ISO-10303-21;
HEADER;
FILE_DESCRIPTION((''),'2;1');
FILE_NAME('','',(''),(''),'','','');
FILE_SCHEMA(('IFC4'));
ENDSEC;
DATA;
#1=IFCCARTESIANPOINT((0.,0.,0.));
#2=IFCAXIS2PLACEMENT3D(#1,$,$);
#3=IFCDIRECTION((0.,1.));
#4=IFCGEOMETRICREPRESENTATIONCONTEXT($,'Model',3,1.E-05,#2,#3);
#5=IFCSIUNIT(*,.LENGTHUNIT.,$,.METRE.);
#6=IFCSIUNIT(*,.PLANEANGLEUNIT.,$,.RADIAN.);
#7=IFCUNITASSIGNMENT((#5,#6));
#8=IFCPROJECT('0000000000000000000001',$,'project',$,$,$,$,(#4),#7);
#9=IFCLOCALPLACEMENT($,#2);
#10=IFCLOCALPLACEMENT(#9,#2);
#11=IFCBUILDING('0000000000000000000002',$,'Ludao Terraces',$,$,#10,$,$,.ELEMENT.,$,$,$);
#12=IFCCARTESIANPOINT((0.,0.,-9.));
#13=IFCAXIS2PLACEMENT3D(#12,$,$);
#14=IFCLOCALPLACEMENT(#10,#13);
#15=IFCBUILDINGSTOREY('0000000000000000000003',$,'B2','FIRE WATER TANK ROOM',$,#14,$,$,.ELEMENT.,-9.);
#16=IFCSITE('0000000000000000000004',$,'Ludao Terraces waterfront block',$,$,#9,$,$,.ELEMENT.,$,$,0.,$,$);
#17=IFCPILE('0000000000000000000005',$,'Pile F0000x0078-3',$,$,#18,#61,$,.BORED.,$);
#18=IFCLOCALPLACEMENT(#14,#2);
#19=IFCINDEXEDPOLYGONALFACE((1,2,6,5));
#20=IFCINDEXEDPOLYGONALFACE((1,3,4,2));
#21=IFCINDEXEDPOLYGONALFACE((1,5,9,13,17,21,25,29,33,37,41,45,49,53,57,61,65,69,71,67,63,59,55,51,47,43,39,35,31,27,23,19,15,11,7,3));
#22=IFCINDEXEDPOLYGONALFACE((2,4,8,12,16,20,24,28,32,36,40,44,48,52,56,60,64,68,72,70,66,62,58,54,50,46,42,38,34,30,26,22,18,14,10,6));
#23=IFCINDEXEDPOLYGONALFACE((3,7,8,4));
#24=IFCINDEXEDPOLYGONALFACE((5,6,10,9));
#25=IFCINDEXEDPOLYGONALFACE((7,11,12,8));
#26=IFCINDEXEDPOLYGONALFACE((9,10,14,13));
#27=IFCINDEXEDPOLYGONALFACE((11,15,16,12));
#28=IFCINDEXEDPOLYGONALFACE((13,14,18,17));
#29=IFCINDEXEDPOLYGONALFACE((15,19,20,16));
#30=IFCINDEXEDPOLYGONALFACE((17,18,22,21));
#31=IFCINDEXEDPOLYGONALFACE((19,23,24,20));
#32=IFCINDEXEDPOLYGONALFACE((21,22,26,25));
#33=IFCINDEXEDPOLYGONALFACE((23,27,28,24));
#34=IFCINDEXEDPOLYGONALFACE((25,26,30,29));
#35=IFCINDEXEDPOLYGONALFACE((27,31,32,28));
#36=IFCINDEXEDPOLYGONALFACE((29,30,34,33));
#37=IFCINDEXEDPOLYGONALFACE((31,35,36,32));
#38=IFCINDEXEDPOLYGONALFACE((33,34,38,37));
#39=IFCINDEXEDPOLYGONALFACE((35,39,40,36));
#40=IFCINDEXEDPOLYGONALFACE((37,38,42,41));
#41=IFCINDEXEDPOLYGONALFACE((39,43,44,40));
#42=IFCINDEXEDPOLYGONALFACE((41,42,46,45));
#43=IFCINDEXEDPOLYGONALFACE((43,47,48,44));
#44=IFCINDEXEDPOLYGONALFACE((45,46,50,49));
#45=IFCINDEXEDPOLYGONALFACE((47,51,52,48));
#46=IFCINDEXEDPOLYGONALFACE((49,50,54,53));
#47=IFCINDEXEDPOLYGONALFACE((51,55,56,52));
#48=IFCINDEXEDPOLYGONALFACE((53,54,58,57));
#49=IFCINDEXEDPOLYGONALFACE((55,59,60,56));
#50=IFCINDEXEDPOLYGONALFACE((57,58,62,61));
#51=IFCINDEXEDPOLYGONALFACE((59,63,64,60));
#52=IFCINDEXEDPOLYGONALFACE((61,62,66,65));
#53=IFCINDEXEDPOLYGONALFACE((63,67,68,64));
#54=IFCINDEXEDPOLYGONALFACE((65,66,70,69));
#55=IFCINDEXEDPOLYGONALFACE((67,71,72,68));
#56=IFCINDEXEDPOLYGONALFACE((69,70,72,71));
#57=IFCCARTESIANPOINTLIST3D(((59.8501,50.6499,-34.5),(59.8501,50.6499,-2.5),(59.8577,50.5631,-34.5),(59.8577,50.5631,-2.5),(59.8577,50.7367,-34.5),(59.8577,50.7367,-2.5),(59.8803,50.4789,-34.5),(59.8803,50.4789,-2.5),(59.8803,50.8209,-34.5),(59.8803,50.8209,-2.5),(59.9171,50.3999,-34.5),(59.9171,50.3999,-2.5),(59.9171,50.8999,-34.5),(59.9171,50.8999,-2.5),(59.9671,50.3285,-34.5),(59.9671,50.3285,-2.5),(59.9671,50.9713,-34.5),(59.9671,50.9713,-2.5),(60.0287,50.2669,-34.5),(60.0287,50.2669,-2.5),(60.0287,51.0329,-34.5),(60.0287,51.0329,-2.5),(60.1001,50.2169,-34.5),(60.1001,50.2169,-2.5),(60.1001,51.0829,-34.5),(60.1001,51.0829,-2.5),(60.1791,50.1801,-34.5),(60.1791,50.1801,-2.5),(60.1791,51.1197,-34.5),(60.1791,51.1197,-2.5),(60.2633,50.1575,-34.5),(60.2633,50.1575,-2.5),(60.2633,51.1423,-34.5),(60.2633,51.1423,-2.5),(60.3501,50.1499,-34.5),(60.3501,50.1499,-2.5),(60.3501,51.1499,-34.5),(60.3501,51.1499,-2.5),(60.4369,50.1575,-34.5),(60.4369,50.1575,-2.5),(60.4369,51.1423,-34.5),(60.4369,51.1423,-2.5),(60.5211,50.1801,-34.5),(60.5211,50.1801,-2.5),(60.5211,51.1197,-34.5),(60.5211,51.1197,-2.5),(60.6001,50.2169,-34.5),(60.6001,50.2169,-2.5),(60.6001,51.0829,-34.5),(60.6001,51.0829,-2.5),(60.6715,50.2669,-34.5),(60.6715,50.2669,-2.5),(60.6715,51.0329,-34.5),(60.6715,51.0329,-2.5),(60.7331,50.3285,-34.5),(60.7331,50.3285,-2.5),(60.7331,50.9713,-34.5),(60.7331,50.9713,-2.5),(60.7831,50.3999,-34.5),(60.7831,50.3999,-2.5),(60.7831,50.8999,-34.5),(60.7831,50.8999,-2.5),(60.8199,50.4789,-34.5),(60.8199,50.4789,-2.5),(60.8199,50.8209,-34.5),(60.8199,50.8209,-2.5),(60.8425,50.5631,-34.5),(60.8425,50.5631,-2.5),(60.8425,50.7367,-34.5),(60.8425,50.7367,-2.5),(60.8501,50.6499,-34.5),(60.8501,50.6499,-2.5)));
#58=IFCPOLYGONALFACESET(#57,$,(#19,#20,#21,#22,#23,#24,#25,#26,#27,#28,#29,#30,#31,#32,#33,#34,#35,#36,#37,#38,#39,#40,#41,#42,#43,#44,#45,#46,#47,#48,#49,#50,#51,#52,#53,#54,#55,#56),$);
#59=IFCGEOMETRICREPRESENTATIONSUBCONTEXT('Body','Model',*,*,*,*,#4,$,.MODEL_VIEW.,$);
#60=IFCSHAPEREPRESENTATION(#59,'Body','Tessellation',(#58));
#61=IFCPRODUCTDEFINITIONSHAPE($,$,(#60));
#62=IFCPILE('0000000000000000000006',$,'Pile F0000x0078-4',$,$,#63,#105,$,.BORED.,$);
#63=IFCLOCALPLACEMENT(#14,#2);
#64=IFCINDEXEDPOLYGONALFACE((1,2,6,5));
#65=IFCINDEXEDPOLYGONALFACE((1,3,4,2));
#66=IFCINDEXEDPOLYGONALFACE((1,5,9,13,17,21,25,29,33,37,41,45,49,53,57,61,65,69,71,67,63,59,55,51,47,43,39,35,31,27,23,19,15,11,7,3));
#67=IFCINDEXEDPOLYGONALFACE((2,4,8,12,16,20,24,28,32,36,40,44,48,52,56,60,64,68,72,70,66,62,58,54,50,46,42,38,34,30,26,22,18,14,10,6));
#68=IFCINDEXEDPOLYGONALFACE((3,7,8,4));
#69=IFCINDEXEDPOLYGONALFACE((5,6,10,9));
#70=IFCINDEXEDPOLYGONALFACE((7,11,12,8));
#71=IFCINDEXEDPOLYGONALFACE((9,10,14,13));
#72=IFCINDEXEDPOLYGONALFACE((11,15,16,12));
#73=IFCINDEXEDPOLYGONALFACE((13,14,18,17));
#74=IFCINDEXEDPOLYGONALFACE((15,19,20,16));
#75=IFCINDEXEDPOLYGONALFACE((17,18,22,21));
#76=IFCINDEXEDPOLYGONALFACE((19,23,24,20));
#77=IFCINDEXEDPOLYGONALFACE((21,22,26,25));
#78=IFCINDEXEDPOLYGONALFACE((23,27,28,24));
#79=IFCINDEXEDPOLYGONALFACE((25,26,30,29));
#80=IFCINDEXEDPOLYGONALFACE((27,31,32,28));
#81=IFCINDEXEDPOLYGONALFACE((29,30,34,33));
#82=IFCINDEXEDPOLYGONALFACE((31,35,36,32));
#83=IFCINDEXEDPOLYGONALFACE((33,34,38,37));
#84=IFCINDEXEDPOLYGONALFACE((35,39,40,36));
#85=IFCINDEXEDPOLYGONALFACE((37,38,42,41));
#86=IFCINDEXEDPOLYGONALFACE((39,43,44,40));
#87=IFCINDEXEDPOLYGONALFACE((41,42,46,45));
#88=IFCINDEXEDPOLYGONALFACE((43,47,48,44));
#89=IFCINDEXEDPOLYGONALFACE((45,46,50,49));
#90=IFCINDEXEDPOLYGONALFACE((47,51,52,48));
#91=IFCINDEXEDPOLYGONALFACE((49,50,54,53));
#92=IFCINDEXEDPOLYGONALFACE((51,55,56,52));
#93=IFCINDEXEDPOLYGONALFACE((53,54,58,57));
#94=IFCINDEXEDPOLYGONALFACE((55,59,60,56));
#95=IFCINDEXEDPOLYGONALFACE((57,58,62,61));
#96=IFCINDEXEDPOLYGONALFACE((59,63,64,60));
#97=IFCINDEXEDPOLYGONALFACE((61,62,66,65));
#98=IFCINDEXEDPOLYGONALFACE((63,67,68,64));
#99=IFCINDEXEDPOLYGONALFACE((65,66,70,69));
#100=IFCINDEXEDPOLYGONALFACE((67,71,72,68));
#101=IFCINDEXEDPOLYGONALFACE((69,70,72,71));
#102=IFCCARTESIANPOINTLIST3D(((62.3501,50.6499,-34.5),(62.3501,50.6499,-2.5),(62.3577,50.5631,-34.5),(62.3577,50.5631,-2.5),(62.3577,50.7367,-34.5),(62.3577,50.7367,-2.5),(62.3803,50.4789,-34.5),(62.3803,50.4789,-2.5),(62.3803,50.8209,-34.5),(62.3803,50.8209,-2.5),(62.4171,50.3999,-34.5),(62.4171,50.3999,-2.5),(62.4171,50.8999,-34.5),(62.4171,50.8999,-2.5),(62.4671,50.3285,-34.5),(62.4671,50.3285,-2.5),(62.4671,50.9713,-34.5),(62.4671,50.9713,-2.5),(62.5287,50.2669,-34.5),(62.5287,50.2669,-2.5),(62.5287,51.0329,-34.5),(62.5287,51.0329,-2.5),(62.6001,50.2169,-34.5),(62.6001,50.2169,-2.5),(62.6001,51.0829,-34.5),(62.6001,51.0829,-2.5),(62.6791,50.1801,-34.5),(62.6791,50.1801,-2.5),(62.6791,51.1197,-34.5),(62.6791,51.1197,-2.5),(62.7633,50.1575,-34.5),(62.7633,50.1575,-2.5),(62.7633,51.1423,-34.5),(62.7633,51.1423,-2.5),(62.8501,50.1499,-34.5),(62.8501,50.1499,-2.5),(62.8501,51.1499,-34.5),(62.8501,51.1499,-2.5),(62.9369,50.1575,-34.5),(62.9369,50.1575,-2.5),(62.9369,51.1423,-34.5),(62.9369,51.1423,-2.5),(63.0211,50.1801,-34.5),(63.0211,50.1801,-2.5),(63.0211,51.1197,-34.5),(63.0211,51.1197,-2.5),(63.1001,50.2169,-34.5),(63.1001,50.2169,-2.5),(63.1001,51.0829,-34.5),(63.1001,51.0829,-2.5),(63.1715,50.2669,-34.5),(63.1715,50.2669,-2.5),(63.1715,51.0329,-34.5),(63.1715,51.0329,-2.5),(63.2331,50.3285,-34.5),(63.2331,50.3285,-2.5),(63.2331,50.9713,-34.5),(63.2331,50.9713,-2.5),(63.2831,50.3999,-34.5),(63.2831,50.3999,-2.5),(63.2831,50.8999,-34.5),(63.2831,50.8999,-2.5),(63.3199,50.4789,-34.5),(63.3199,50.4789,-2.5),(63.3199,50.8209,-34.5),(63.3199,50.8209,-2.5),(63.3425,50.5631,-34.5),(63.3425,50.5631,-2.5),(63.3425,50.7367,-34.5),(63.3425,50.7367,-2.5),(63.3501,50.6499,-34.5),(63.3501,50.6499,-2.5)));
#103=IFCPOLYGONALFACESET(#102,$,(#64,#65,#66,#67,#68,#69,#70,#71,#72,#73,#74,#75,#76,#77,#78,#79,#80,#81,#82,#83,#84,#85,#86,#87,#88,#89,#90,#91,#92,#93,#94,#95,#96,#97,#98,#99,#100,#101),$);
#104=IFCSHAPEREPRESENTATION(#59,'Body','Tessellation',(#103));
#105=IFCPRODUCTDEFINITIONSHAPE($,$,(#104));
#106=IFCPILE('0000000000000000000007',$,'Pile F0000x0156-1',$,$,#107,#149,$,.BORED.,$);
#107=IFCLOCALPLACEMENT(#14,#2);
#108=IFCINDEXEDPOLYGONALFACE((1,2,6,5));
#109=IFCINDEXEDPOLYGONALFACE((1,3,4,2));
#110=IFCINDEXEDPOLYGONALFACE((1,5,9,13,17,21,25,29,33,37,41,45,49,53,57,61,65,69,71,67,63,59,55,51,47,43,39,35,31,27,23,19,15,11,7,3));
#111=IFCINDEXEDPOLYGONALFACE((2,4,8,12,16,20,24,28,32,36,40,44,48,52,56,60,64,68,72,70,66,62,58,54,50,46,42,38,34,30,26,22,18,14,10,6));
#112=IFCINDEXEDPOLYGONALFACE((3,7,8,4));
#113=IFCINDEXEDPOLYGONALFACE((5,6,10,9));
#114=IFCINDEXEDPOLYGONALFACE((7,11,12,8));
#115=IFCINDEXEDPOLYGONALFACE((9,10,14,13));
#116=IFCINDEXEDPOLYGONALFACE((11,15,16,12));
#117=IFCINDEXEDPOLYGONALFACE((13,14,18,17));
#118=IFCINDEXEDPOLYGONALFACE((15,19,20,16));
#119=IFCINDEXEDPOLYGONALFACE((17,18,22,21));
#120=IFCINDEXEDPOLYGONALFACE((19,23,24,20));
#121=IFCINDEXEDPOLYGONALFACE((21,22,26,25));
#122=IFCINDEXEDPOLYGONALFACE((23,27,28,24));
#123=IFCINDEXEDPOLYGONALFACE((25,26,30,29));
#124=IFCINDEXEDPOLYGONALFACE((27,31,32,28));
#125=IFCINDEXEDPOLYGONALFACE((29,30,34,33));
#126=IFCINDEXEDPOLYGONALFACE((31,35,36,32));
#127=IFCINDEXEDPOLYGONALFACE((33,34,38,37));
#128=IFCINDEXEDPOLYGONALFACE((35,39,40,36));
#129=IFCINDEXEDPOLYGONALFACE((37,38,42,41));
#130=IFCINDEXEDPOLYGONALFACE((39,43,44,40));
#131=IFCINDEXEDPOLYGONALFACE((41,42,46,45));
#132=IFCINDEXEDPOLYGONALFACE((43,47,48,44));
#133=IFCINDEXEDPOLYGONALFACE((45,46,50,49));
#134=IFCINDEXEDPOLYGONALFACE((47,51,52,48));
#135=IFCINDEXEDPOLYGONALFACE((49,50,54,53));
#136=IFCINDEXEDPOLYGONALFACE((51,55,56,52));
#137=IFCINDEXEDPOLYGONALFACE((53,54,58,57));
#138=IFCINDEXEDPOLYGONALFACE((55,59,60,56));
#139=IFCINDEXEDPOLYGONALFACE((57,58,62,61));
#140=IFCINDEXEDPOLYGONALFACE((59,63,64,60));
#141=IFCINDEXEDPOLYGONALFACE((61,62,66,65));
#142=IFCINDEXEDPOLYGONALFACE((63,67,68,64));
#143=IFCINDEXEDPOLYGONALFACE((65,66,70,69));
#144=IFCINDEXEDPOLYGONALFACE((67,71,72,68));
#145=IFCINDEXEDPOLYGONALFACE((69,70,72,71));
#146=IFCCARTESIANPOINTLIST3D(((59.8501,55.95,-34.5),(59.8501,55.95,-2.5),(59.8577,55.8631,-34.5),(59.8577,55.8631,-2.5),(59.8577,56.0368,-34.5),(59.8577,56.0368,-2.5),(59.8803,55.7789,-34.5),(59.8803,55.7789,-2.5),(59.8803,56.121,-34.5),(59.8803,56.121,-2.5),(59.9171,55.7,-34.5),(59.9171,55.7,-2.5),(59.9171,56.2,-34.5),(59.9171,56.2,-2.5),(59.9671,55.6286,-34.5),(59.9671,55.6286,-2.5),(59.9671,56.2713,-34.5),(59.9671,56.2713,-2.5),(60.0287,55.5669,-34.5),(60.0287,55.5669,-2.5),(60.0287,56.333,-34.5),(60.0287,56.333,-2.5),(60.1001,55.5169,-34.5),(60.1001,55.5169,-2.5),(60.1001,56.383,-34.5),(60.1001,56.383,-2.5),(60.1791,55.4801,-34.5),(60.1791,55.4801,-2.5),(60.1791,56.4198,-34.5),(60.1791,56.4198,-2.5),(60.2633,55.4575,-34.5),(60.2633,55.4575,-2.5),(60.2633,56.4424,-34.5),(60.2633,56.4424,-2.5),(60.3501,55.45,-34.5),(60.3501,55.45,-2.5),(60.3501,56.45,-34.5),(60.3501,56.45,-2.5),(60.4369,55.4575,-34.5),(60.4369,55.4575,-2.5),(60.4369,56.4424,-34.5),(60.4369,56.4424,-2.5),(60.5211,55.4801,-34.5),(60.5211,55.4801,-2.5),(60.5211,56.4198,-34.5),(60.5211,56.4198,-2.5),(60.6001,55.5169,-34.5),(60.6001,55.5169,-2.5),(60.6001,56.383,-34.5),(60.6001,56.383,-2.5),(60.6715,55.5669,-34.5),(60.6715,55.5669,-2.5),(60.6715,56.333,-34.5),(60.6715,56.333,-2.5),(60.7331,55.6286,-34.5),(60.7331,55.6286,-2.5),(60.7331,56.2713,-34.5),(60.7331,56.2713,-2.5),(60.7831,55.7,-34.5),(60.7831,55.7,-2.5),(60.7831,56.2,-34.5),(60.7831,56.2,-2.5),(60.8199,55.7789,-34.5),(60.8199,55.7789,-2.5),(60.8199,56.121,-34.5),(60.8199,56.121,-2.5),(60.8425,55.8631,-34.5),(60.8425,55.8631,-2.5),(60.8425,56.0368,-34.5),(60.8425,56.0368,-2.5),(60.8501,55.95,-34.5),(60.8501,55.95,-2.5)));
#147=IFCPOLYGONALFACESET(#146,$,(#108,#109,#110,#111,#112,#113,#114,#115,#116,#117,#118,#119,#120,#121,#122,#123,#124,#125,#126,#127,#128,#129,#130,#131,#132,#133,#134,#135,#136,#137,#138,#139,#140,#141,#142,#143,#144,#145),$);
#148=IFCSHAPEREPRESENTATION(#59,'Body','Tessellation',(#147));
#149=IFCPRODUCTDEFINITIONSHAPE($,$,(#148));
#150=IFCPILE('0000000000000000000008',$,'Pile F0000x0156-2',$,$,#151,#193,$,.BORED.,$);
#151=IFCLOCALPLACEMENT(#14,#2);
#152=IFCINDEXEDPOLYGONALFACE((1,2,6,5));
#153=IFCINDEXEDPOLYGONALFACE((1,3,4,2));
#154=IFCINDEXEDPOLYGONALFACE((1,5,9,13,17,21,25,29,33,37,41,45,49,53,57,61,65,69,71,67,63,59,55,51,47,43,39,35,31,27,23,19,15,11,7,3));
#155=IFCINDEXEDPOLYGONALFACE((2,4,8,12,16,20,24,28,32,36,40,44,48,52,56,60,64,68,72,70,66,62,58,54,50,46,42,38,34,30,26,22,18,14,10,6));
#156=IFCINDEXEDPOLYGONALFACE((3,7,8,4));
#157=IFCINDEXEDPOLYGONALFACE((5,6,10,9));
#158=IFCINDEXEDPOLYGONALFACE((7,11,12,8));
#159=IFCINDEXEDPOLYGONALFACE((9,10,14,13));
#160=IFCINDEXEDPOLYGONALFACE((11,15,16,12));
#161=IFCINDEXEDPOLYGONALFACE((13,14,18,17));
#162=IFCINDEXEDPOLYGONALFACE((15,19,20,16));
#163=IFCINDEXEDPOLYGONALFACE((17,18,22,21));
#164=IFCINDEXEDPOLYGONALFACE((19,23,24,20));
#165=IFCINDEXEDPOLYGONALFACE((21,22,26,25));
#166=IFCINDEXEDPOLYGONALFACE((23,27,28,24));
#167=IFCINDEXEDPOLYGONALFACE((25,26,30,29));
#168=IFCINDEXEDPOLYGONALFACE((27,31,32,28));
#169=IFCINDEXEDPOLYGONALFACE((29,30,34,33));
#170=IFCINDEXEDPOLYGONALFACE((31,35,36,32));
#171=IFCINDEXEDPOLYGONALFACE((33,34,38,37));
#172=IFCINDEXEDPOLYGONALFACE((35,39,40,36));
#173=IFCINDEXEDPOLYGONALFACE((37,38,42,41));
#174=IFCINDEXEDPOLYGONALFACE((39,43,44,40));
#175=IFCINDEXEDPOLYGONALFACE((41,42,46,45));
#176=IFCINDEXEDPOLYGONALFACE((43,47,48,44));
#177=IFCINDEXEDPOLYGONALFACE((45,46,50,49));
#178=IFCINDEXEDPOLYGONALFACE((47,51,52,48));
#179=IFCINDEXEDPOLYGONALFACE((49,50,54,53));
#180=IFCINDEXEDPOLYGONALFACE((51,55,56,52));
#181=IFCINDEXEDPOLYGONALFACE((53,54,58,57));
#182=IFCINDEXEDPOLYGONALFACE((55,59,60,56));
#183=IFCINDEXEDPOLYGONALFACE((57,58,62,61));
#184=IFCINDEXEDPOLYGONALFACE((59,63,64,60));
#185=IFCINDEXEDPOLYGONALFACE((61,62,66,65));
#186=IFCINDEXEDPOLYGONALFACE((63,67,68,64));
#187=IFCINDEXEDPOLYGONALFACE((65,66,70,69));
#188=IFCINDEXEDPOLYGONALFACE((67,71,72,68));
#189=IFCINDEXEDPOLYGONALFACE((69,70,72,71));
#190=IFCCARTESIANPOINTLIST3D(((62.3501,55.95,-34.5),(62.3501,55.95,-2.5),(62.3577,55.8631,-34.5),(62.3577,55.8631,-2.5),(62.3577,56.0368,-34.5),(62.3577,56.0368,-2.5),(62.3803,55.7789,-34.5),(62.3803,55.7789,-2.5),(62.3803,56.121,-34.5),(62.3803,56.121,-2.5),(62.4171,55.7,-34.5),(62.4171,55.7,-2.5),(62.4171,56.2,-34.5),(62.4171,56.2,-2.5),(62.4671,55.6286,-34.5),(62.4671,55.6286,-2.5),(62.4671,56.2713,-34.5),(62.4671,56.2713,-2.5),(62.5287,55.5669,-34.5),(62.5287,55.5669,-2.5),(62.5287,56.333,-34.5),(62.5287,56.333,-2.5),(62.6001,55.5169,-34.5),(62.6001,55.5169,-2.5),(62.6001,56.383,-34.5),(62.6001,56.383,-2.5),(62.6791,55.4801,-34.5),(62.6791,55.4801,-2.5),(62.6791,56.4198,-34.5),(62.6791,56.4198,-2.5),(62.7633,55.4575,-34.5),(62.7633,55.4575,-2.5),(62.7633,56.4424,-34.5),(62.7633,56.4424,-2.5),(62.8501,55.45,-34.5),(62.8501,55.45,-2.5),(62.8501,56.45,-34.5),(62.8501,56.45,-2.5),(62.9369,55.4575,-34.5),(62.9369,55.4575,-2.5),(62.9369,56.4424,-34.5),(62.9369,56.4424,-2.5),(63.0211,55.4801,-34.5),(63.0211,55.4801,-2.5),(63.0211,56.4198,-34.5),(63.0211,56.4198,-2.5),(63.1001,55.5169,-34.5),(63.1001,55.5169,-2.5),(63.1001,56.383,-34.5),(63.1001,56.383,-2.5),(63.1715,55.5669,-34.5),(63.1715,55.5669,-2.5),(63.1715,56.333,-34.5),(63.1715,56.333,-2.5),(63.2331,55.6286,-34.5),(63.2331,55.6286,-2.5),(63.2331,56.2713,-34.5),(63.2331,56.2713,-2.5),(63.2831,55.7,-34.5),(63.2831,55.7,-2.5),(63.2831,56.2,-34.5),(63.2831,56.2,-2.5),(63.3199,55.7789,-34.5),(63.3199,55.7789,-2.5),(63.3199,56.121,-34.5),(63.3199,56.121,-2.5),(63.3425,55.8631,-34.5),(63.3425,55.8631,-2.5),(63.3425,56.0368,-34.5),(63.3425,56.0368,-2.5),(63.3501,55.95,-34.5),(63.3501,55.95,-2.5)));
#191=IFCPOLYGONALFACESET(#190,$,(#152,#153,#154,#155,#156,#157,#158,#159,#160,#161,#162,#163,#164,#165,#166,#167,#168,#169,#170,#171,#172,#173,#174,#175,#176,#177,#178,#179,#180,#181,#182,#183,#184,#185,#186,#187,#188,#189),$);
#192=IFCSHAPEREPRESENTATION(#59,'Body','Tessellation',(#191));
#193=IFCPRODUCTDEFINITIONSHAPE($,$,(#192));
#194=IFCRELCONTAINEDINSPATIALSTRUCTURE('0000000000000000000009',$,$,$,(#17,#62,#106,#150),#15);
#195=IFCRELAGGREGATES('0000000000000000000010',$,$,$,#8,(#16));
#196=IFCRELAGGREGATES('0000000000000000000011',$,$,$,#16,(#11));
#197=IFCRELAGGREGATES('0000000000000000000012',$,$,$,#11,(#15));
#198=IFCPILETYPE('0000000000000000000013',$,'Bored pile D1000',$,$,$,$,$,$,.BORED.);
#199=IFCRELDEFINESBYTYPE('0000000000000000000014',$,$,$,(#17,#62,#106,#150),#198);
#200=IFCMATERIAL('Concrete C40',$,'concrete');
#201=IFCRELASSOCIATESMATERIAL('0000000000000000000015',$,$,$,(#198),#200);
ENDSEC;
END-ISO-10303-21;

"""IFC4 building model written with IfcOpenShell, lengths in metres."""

from ifc_helpers import new_model, si_unit, direction, frame, origin, origin_2d, place, context, subcontext, project, spatial, circle, extrude, material, material_profile, profile_set, type_object, element, save


model = new_model("IFC4")

# Units and contexts
model_context = context("Model", 3, precision=1e-05, world=origin(), true_north=direction((0.0, 1.0)))
body_context = subcontext(model_context, "Body", "Model", "MODEL_VIEW")
ifc_project = project(units=[si_unit("LENGTHUNIT", "METRE"), si_unit("PLANEANGLEUNIT", "RADIAN")], contexts=[model_context])

# Site, building, storey
site_placement = place(None, origin())
site = spatial("IfcSite", under=ifc_project, at=site_placement, Name="Ludao Terraces waterfront block", CompositionType="ELEMENT", RefElevation=0.0)
building_placement = place(site_placement, origin())
building = spatial("IfcBuilding", under=site, at=building_placement, Name="Ludao Terraces", CompositionType="ELEMENT")
storey_placement = place(building_placement, frame((0.0, 0.0, -9.0)))
storey = spatial("IfcBuildingStorey", under=building, at=storey_placement, Name="B2", Description="FIRE WATER TANK ROOM", CompositionType="ELEMENT", Elevation=-9.0)

# Piles
ifc_material_1 = material(Name="Concrete C40", Category="concrete")
ifc_material_profile_1 = material_profile(ifc_material_1, circle(Radius=0.5, at=origin_2d()), Name="D1000 BORED PILE")
ifc_profile_set_1 = profile_set([ifc_material_profile_1], Name="Concrete C40")
pile_type = type_object("IfcPileType", Name="Bored pile D1000", PredefinedType="BORED", material=ifc_profile_set_1)
for number, where, z_axis, x_axis, name in (
    (1, (60.3501, 50.6499, -2.5), (0.0, 0.0, -1.0), (1.0, 0.0, 0.0), "Pile F0000x0078-3"),
    (2, (62.8501, 50.6499, -2.5), (0.0, 0.0, -1.0), (1.0, 0.0, 0.0), "Pile F0000x0078-4"),
    (3, (60.3501, 55.95, -2.5), (0.0, 0.0, -1.0), (1.0, 0.0, 0.0), "Pile F0000x0156-1"),
    (4, (62.8501, 55.95, -2.5), (0.0, 0.0, -1.0), (1.0, 0.0, 0.0), "Pile F0000x0156-2"),
):
    element("IfcPile", number, at=place(storey_placement, frame(where, z_axis=z_axis, x_axis=x_axis)), inside=storey, type_object=pile_type, Name=name, PredefinedType="BORED", context=body_context, shape_type="SweptSolid", body=[
        extrude(circle(Radius=0.5, at=origin_2d()), origin(), (0.0, 0.0, 1.0), 32.0),
    ])

save(model, "model.ifc")
